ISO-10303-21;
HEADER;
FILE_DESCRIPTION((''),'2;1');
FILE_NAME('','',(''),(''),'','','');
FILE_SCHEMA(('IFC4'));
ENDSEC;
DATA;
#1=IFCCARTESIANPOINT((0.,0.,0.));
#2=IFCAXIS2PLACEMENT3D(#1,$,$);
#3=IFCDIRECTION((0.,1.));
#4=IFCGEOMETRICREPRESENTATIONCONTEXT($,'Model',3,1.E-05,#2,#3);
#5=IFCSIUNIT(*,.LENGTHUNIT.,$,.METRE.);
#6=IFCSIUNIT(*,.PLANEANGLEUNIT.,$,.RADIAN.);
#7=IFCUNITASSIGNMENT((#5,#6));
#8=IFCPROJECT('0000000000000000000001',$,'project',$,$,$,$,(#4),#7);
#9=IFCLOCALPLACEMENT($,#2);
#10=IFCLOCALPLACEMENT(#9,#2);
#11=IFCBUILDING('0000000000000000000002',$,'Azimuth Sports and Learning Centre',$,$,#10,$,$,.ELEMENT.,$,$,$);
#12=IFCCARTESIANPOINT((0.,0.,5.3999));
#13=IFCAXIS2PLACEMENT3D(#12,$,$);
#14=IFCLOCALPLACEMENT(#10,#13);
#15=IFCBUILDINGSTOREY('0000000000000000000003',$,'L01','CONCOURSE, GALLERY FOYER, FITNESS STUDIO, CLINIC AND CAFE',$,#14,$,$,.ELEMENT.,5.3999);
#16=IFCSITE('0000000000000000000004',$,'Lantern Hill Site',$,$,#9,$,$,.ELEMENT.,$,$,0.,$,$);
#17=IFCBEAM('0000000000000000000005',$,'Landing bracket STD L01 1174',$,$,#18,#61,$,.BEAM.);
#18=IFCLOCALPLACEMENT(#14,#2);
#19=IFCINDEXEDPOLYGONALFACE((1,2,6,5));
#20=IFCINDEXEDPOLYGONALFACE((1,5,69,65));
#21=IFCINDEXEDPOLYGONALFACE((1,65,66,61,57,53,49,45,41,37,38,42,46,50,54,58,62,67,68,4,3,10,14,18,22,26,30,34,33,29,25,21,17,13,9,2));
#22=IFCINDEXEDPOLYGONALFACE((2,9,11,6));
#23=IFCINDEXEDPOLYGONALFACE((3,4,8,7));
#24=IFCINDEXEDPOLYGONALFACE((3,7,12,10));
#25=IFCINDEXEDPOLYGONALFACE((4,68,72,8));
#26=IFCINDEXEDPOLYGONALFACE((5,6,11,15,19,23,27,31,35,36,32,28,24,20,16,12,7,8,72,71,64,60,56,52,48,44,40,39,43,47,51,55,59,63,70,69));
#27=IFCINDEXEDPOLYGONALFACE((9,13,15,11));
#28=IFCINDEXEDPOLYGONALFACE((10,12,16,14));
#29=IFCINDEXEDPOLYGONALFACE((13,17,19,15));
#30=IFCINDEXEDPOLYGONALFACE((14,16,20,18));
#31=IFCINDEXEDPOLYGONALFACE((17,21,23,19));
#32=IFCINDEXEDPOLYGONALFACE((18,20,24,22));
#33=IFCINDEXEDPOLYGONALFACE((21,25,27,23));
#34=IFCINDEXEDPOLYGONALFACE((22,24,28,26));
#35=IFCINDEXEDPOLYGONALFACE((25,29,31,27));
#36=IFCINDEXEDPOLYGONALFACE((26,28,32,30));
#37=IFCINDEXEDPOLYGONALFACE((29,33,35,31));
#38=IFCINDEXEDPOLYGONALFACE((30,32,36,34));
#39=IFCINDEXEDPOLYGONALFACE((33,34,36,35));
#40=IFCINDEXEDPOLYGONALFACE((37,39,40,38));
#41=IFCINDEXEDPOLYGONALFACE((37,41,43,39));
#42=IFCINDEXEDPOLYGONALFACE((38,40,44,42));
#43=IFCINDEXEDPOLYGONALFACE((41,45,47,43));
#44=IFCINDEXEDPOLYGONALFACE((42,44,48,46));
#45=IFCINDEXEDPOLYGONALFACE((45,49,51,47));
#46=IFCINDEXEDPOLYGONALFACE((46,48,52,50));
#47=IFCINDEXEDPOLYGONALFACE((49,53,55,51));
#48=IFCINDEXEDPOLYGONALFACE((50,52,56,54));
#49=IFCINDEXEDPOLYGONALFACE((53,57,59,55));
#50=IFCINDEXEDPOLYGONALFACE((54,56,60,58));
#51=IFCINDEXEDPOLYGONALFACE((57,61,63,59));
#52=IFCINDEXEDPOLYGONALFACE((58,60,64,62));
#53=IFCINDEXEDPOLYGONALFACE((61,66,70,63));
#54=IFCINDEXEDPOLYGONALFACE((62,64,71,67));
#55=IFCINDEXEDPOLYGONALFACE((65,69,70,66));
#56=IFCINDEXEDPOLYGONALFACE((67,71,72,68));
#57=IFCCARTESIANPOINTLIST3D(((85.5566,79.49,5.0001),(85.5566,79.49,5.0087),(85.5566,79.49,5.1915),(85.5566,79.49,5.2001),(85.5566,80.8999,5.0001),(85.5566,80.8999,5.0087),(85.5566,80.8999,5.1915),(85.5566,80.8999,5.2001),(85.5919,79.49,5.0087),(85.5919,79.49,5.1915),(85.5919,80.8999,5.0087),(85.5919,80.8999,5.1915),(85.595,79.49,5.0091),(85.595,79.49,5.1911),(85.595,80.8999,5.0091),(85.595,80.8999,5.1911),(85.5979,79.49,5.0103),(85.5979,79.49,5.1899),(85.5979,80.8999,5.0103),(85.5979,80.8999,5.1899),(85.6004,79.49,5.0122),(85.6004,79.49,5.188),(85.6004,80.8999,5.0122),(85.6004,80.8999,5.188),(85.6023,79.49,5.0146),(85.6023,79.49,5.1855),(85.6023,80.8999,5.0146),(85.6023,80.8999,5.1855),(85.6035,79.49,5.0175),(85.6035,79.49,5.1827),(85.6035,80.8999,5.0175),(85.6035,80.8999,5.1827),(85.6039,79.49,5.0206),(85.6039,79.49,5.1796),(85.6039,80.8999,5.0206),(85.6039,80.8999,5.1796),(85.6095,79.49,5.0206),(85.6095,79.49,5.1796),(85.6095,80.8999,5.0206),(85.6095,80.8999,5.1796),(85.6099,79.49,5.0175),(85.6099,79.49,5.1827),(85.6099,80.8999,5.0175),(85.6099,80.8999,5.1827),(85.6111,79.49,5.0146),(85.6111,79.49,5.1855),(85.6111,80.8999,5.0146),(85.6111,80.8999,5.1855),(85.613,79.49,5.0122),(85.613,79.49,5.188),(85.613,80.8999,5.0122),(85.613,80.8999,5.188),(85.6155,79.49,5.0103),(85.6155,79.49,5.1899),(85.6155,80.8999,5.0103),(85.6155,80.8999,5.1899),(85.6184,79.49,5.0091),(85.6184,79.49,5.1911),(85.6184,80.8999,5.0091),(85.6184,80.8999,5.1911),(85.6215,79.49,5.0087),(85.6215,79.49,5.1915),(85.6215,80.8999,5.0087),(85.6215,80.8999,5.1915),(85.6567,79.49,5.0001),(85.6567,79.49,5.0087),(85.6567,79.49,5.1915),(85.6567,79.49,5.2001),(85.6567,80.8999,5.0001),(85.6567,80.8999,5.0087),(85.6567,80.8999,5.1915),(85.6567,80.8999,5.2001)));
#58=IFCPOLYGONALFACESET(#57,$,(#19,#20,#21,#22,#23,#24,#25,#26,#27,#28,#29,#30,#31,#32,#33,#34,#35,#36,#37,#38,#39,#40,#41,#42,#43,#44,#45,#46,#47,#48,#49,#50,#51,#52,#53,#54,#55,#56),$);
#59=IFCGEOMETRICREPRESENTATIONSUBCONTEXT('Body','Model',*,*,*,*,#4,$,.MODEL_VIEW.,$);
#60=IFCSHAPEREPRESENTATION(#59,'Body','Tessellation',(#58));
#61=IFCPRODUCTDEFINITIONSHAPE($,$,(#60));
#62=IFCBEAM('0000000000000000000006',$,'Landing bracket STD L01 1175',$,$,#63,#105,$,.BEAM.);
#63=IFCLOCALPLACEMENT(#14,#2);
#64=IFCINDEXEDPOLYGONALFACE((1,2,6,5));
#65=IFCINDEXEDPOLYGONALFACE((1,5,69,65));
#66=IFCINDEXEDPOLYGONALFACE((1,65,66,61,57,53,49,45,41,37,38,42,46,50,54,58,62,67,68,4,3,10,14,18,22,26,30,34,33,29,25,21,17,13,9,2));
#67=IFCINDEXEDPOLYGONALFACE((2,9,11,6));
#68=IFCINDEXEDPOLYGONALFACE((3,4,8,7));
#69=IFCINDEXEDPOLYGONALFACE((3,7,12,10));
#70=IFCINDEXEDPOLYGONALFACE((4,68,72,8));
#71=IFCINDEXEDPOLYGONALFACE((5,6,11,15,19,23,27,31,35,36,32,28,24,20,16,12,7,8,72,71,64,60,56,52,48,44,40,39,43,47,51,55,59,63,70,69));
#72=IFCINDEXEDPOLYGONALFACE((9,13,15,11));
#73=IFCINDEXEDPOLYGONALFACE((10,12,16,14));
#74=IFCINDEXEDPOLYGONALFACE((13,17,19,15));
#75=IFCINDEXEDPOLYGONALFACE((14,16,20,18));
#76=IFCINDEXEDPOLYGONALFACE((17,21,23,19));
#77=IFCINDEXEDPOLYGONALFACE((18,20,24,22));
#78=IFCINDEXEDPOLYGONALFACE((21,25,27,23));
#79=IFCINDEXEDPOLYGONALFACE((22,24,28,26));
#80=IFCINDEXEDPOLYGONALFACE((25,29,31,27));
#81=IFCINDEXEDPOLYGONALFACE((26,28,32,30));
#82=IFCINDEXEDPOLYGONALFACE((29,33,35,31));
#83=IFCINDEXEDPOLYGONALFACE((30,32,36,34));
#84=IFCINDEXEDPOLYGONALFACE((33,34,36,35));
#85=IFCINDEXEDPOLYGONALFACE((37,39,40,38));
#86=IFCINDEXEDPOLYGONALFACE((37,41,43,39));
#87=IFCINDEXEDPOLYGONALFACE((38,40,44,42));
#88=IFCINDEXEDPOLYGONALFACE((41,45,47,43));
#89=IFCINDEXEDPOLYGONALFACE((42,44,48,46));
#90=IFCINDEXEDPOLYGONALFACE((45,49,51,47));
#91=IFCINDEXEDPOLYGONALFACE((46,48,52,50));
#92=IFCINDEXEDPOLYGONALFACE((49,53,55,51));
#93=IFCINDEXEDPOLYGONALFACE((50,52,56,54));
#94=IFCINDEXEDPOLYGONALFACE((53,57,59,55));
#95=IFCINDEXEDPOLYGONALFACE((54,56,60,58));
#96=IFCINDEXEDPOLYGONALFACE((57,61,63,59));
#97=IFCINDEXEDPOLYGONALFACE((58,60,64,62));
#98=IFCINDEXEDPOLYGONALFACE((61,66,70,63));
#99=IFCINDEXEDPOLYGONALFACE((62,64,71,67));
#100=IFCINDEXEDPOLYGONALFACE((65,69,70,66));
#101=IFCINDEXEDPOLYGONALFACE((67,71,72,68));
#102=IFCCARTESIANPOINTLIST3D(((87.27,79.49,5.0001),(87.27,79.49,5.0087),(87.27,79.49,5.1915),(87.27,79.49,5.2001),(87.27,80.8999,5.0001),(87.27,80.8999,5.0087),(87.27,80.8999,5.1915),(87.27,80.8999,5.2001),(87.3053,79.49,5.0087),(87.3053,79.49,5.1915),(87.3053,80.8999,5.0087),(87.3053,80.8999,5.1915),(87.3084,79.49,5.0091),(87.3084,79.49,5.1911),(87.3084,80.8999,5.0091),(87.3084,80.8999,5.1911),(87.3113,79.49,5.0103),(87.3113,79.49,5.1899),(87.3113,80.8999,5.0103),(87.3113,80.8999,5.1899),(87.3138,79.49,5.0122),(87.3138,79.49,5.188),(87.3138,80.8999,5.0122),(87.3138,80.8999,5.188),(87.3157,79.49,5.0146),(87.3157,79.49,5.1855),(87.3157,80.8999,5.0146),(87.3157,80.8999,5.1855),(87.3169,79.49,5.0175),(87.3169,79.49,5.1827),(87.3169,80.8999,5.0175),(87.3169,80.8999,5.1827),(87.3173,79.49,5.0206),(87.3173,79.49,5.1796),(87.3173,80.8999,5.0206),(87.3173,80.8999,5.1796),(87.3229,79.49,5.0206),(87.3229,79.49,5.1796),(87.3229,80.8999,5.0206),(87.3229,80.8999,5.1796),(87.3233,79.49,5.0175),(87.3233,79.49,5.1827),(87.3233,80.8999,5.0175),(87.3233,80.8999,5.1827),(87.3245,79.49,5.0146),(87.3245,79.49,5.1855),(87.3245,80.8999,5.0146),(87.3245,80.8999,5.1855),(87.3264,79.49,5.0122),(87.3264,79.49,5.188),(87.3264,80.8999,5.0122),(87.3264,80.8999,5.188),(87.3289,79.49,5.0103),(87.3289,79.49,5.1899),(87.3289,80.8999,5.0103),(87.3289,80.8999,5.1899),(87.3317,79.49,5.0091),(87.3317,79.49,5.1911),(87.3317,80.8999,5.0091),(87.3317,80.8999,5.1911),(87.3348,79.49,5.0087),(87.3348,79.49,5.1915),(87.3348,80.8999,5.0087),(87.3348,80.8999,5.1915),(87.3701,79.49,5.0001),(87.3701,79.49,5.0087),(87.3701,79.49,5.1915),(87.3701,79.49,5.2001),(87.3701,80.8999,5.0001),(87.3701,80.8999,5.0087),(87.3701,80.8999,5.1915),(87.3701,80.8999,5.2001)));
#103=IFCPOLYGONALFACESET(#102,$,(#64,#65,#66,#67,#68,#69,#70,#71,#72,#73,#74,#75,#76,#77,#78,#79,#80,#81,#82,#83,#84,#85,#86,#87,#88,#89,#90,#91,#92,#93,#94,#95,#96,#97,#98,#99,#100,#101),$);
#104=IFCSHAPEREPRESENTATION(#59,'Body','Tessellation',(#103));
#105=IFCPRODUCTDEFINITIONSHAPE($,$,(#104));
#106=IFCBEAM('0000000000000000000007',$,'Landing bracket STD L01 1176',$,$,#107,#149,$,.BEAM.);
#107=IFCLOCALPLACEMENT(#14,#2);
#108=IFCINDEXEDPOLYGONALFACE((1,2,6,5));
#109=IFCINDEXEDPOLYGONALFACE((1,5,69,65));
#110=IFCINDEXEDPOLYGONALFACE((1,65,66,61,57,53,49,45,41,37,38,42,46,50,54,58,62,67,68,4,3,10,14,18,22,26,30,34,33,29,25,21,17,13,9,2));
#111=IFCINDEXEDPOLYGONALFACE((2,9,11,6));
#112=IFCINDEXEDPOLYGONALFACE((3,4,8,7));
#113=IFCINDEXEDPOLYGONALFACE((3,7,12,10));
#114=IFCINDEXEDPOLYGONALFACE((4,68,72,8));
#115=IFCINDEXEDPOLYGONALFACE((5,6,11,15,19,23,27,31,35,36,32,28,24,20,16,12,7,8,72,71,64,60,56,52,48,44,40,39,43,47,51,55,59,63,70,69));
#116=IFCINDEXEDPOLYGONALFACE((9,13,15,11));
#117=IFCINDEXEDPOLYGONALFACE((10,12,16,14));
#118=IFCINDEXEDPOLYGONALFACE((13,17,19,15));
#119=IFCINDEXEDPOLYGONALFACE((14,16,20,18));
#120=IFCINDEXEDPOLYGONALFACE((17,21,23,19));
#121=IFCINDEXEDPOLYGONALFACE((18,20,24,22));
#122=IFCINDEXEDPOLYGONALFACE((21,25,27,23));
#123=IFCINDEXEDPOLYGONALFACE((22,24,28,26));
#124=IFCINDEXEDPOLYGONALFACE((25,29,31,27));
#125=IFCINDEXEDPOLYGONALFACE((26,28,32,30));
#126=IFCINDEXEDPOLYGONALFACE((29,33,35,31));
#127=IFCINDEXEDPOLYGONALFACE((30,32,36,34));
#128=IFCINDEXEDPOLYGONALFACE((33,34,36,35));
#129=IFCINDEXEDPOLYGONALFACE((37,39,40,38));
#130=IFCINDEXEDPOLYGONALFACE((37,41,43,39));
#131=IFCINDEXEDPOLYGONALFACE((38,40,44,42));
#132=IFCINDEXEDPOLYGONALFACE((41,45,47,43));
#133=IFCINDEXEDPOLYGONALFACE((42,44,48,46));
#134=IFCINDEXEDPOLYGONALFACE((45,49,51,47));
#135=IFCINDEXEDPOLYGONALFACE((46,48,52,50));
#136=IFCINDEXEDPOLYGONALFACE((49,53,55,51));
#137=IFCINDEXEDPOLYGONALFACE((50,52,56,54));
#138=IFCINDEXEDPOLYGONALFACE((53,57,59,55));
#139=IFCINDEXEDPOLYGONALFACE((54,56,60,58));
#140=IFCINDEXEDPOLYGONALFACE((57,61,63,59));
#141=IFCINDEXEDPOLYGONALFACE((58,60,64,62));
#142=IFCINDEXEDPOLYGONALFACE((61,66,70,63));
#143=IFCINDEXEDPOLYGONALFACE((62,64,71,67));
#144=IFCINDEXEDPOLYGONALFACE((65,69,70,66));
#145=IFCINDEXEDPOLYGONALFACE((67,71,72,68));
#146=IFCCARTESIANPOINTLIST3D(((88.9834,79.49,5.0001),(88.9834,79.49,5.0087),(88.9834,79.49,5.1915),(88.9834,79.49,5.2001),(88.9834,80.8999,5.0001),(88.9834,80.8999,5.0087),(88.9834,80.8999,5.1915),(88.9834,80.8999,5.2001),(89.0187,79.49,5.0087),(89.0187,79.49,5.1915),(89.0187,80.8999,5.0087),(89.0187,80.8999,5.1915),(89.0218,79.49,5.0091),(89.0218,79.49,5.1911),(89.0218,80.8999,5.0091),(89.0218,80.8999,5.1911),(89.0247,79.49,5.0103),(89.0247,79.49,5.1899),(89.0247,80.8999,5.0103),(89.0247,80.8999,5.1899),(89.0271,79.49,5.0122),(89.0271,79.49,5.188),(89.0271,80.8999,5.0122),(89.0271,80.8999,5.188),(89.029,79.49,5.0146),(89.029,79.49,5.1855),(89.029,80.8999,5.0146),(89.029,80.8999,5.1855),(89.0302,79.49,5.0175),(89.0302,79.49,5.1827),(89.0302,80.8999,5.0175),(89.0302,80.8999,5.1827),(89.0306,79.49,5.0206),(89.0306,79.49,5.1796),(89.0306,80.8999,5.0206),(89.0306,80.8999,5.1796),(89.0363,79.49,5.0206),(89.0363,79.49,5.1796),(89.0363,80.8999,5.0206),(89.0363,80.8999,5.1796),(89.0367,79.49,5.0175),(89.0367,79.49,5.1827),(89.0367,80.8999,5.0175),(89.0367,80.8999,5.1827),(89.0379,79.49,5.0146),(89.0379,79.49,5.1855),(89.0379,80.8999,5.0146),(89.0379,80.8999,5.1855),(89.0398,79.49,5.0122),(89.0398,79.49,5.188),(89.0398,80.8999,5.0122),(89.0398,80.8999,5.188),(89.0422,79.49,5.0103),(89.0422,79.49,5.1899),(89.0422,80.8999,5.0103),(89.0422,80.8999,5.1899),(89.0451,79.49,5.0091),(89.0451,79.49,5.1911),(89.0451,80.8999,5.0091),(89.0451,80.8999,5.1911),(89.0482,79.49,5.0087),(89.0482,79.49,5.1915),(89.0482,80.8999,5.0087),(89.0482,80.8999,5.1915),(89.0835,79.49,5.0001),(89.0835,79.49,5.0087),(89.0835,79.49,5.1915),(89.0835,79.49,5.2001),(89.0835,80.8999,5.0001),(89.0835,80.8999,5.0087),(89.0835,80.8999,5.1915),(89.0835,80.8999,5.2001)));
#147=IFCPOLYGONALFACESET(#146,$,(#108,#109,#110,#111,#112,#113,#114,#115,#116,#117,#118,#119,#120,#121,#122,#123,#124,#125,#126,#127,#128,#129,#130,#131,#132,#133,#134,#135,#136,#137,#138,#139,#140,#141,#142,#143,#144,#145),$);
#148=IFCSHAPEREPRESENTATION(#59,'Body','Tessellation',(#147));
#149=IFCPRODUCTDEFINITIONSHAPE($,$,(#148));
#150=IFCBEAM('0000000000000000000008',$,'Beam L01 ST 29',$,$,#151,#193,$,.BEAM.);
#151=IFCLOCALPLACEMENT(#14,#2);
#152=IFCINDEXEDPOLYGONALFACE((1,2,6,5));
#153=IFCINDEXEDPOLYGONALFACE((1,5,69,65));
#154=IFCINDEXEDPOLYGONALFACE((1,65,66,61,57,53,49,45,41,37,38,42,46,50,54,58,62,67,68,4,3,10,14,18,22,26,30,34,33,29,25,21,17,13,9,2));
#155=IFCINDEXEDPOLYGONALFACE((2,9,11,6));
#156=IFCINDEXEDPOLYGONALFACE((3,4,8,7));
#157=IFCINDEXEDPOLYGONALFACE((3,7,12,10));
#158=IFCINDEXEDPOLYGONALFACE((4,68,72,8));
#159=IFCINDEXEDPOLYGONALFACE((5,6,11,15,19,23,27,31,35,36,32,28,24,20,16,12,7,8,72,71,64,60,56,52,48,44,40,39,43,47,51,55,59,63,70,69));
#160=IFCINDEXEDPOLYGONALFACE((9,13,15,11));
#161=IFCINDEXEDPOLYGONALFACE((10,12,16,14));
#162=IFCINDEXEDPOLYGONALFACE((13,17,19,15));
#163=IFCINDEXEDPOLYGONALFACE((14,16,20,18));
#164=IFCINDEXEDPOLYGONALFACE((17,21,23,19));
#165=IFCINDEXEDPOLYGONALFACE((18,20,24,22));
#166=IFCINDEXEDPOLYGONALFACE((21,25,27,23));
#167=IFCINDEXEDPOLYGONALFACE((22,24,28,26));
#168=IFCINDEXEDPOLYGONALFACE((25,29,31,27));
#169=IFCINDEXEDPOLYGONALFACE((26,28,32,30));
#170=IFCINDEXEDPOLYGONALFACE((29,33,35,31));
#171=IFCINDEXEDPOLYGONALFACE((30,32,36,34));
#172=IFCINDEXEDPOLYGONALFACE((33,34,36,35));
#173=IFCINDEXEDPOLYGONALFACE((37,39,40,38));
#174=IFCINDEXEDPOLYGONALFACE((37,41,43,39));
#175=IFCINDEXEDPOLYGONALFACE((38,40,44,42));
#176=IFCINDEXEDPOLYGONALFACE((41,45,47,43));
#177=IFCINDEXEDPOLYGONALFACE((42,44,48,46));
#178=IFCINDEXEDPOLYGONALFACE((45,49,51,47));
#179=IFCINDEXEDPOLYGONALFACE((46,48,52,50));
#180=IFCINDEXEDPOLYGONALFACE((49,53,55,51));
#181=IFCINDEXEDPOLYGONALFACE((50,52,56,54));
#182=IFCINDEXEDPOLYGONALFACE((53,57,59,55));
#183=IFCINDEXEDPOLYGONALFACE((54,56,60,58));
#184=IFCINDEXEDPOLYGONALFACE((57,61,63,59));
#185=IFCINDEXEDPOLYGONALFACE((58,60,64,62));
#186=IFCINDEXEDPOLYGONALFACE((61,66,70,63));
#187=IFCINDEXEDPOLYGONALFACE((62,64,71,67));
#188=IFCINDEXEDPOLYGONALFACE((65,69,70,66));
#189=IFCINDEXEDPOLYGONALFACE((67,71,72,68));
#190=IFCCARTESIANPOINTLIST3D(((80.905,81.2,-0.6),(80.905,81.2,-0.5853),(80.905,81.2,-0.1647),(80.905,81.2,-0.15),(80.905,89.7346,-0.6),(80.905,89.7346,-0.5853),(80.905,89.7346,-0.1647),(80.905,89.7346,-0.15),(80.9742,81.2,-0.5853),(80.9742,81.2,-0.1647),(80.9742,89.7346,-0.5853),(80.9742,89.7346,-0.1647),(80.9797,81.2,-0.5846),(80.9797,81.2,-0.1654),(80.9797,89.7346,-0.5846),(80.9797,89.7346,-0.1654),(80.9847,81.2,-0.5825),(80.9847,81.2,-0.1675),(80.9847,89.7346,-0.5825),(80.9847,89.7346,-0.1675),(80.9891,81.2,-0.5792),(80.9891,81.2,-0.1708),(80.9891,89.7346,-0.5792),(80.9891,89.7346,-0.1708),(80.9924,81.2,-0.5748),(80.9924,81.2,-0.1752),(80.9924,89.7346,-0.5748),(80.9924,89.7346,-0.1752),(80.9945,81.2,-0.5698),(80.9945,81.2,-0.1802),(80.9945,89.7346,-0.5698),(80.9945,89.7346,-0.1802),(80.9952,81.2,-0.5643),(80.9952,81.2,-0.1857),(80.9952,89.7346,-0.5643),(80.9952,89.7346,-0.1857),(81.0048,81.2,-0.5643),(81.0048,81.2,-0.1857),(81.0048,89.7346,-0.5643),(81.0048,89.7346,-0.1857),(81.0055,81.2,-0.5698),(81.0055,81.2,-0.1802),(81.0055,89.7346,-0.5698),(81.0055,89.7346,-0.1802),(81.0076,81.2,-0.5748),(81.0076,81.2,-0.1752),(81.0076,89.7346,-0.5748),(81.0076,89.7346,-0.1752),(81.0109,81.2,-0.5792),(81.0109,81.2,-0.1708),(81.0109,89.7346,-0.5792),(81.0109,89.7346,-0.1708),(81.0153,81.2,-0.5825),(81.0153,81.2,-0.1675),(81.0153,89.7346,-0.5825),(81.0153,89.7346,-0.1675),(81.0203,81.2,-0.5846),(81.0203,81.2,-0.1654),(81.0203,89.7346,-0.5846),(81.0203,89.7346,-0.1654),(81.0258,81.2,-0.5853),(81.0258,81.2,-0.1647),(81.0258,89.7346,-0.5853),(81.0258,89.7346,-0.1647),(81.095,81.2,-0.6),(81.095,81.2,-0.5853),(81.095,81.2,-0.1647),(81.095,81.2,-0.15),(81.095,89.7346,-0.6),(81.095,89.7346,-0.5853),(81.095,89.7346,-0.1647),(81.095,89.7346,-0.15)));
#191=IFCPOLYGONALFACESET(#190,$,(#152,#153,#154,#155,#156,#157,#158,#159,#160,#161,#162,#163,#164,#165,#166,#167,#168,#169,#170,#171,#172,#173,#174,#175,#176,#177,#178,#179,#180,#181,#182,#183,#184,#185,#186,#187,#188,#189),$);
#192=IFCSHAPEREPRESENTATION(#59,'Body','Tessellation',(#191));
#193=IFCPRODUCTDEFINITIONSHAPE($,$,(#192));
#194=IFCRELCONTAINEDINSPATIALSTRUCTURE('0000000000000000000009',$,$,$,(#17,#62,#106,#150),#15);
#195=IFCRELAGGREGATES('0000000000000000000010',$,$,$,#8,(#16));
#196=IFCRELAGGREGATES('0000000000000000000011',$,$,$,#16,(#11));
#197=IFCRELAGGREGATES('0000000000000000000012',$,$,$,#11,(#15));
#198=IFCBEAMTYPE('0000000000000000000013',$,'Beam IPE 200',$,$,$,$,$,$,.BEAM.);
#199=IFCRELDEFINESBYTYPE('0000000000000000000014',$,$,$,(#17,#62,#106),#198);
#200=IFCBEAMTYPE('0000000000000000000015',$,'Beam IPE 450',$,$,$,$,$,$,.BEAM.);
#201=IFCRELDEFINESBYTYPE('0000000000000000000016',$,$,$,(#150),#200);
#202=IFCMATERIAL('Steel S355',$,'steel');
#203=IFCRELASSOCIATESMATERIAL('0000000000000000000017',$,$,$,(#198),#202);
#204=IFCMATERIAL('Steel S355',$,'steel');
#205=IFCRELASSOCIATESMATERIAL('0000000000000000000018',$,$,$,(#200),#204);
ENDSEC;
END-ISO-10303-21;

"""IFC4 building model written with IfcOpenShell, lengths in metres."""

from ifc_helpers import new_model, si_unit, direction, frame, origin, origin_2d, place, context, subcontext, project, spatial, i_section, extrude, material, material_profile, profile_set, type_object, element, save


model = new_model("IFC4")

# Units and contexts
model_context = context("Model", 3, precision=1e-05, world=origin(), true_north=direction((0.0, 1.0)))
body_context = subcontext(model_context, "Body", "Model", "MODEL_VIEW")
ifc_project = project(units=[si_unit("LENGTHUNIT", "METRE"), si_unit("PLANEANGLEUNIT", "RADIAN")], contexts=[model_context])

# Site, building, storey
site_placement = place(None, origin())
site = spatial("IfcSite", under=ifc_project, at=site_placement, Name="Lantern Hill Site", CompositionType="ELEMENT", RefElevation=0.0)
building_placement = place(site_placement, origin())
building = spatial("IfcBuilding", under=site, at=building_placement, Name="Azimuth Sports and Learning Centre", CompositionType="ELEMENT")
storey_placement = place(building_placement, frame((0.0, 0.0, 5.3999)))
storey = spatial("IfcBuildingStorey", under=building, at=storey_placement, Name="L01", Description="CONCOURSE, GALLERY FOYER, FITNESS STUDIO, CLINIC AND CAFE", CompositionType="ELEMENT", Elevation=5.3999)

# Beams
ifc_material_1 = material(Name="Steel S355", Category="steel")
ifc_material_profile_1 = material_profile(ifc_material_1, i_section(OverallWidth=0.1001, OverallDepth=0.2, WebThickness=0.0056, FlangeThickness=0.0085, FilletRadius=0.012, at=origin_2d()), Name="IPE 200")
ifc_profile_set_1 = profile_set([ifc_material_profile_1], Name="Steel S355")
beam_type_1 = type_object("IfcBeamType", Name="Beam IPE 200", PredefinedType="BEAM", material=ifc_profile_set_1)
for number, where, z_axis, x_axis, name in (
    (1, (85.6067, 80.8999, 5.1001), (0.0, -1.0, 0.0), (1.0, 0.0, 0.0), "Landing bracket STD L01 1174"),
    (2, (87.3201, 80.8999, 5.1001), (0.0, -1.0, 0.0), (1.0, 0.0, 0.0), "Landing bracket STD L01 1175"),
    (3, (89.0334, 80.8999, 5.1001), (0.0, -1.0, 0.0), (1.0, 0.0, 0.0), "Landing bracket STD L01 1176"),
):
    element("IfcBeam", number, at=place(storey_placement, frame(where, z_axis=z_axis, x_axis=x_axis)), inside=storey, type_object=beam_type_1, Name=name, PredefinedType="BEAM", context=body_context, shape_type="SweptSolid", body=[
        extrude(i_section(OverallWidth=0.1001, OverallDepth=0.2, WebThickness=0.0056, FlangeThickness=0.0085, FilletRadius=0.012, at=origin_2d()), origin(), (0.0, 0.0, 1.0), 1.4099),
    ])
ifc_material_2 = material(Name="Steel S355", Category="steel")
ifc_material_profile_2 = material_profile(ifc_material_2, i_section(OverallWidth=0.1899, OverallDepth=0.45, WebThickness=0.0095, FlangeThickness=0.0146, FilletRadius=0.021, at=origin_2d()), Name="IPE 450")
ifc_profile_set_2 = profile_set([ifc_material_profile_2], Name="Steel S355")
beam_type_2 = type_object("IfcBeamType", Name="Beam IPE 450", PredefinedType="BEAM", material=ifc_profile_set_2)
for number, where, z_axis, x_axis, name in (
    (4, (81.0, 81.2, -0.375), (0.0, 1.0, 0.0), (-1.0, 0.0, 0.0), "Beam L01 ST 29"),
):
    element("IfcBeam", number, at=place(storey_placement, frame(where, z_axis=z_axis, x_axis=x_axis)), inside=storey, type_object=beam_type_2, Name=name, PredefinedType="BEAM", context=body_context, shape_type="SweptSolid", body=[
        extrude(i_section(OverallWidth=0.1899, OverallDepth=0.45, WebThickness=0.0095, FlangeThickness=0.0146, FilletRadius=0.021, at=origin_2d()), origin(), (0.0, 0.0, 1.0), 8.5347),
    ])

save(model, "model.ifc")
